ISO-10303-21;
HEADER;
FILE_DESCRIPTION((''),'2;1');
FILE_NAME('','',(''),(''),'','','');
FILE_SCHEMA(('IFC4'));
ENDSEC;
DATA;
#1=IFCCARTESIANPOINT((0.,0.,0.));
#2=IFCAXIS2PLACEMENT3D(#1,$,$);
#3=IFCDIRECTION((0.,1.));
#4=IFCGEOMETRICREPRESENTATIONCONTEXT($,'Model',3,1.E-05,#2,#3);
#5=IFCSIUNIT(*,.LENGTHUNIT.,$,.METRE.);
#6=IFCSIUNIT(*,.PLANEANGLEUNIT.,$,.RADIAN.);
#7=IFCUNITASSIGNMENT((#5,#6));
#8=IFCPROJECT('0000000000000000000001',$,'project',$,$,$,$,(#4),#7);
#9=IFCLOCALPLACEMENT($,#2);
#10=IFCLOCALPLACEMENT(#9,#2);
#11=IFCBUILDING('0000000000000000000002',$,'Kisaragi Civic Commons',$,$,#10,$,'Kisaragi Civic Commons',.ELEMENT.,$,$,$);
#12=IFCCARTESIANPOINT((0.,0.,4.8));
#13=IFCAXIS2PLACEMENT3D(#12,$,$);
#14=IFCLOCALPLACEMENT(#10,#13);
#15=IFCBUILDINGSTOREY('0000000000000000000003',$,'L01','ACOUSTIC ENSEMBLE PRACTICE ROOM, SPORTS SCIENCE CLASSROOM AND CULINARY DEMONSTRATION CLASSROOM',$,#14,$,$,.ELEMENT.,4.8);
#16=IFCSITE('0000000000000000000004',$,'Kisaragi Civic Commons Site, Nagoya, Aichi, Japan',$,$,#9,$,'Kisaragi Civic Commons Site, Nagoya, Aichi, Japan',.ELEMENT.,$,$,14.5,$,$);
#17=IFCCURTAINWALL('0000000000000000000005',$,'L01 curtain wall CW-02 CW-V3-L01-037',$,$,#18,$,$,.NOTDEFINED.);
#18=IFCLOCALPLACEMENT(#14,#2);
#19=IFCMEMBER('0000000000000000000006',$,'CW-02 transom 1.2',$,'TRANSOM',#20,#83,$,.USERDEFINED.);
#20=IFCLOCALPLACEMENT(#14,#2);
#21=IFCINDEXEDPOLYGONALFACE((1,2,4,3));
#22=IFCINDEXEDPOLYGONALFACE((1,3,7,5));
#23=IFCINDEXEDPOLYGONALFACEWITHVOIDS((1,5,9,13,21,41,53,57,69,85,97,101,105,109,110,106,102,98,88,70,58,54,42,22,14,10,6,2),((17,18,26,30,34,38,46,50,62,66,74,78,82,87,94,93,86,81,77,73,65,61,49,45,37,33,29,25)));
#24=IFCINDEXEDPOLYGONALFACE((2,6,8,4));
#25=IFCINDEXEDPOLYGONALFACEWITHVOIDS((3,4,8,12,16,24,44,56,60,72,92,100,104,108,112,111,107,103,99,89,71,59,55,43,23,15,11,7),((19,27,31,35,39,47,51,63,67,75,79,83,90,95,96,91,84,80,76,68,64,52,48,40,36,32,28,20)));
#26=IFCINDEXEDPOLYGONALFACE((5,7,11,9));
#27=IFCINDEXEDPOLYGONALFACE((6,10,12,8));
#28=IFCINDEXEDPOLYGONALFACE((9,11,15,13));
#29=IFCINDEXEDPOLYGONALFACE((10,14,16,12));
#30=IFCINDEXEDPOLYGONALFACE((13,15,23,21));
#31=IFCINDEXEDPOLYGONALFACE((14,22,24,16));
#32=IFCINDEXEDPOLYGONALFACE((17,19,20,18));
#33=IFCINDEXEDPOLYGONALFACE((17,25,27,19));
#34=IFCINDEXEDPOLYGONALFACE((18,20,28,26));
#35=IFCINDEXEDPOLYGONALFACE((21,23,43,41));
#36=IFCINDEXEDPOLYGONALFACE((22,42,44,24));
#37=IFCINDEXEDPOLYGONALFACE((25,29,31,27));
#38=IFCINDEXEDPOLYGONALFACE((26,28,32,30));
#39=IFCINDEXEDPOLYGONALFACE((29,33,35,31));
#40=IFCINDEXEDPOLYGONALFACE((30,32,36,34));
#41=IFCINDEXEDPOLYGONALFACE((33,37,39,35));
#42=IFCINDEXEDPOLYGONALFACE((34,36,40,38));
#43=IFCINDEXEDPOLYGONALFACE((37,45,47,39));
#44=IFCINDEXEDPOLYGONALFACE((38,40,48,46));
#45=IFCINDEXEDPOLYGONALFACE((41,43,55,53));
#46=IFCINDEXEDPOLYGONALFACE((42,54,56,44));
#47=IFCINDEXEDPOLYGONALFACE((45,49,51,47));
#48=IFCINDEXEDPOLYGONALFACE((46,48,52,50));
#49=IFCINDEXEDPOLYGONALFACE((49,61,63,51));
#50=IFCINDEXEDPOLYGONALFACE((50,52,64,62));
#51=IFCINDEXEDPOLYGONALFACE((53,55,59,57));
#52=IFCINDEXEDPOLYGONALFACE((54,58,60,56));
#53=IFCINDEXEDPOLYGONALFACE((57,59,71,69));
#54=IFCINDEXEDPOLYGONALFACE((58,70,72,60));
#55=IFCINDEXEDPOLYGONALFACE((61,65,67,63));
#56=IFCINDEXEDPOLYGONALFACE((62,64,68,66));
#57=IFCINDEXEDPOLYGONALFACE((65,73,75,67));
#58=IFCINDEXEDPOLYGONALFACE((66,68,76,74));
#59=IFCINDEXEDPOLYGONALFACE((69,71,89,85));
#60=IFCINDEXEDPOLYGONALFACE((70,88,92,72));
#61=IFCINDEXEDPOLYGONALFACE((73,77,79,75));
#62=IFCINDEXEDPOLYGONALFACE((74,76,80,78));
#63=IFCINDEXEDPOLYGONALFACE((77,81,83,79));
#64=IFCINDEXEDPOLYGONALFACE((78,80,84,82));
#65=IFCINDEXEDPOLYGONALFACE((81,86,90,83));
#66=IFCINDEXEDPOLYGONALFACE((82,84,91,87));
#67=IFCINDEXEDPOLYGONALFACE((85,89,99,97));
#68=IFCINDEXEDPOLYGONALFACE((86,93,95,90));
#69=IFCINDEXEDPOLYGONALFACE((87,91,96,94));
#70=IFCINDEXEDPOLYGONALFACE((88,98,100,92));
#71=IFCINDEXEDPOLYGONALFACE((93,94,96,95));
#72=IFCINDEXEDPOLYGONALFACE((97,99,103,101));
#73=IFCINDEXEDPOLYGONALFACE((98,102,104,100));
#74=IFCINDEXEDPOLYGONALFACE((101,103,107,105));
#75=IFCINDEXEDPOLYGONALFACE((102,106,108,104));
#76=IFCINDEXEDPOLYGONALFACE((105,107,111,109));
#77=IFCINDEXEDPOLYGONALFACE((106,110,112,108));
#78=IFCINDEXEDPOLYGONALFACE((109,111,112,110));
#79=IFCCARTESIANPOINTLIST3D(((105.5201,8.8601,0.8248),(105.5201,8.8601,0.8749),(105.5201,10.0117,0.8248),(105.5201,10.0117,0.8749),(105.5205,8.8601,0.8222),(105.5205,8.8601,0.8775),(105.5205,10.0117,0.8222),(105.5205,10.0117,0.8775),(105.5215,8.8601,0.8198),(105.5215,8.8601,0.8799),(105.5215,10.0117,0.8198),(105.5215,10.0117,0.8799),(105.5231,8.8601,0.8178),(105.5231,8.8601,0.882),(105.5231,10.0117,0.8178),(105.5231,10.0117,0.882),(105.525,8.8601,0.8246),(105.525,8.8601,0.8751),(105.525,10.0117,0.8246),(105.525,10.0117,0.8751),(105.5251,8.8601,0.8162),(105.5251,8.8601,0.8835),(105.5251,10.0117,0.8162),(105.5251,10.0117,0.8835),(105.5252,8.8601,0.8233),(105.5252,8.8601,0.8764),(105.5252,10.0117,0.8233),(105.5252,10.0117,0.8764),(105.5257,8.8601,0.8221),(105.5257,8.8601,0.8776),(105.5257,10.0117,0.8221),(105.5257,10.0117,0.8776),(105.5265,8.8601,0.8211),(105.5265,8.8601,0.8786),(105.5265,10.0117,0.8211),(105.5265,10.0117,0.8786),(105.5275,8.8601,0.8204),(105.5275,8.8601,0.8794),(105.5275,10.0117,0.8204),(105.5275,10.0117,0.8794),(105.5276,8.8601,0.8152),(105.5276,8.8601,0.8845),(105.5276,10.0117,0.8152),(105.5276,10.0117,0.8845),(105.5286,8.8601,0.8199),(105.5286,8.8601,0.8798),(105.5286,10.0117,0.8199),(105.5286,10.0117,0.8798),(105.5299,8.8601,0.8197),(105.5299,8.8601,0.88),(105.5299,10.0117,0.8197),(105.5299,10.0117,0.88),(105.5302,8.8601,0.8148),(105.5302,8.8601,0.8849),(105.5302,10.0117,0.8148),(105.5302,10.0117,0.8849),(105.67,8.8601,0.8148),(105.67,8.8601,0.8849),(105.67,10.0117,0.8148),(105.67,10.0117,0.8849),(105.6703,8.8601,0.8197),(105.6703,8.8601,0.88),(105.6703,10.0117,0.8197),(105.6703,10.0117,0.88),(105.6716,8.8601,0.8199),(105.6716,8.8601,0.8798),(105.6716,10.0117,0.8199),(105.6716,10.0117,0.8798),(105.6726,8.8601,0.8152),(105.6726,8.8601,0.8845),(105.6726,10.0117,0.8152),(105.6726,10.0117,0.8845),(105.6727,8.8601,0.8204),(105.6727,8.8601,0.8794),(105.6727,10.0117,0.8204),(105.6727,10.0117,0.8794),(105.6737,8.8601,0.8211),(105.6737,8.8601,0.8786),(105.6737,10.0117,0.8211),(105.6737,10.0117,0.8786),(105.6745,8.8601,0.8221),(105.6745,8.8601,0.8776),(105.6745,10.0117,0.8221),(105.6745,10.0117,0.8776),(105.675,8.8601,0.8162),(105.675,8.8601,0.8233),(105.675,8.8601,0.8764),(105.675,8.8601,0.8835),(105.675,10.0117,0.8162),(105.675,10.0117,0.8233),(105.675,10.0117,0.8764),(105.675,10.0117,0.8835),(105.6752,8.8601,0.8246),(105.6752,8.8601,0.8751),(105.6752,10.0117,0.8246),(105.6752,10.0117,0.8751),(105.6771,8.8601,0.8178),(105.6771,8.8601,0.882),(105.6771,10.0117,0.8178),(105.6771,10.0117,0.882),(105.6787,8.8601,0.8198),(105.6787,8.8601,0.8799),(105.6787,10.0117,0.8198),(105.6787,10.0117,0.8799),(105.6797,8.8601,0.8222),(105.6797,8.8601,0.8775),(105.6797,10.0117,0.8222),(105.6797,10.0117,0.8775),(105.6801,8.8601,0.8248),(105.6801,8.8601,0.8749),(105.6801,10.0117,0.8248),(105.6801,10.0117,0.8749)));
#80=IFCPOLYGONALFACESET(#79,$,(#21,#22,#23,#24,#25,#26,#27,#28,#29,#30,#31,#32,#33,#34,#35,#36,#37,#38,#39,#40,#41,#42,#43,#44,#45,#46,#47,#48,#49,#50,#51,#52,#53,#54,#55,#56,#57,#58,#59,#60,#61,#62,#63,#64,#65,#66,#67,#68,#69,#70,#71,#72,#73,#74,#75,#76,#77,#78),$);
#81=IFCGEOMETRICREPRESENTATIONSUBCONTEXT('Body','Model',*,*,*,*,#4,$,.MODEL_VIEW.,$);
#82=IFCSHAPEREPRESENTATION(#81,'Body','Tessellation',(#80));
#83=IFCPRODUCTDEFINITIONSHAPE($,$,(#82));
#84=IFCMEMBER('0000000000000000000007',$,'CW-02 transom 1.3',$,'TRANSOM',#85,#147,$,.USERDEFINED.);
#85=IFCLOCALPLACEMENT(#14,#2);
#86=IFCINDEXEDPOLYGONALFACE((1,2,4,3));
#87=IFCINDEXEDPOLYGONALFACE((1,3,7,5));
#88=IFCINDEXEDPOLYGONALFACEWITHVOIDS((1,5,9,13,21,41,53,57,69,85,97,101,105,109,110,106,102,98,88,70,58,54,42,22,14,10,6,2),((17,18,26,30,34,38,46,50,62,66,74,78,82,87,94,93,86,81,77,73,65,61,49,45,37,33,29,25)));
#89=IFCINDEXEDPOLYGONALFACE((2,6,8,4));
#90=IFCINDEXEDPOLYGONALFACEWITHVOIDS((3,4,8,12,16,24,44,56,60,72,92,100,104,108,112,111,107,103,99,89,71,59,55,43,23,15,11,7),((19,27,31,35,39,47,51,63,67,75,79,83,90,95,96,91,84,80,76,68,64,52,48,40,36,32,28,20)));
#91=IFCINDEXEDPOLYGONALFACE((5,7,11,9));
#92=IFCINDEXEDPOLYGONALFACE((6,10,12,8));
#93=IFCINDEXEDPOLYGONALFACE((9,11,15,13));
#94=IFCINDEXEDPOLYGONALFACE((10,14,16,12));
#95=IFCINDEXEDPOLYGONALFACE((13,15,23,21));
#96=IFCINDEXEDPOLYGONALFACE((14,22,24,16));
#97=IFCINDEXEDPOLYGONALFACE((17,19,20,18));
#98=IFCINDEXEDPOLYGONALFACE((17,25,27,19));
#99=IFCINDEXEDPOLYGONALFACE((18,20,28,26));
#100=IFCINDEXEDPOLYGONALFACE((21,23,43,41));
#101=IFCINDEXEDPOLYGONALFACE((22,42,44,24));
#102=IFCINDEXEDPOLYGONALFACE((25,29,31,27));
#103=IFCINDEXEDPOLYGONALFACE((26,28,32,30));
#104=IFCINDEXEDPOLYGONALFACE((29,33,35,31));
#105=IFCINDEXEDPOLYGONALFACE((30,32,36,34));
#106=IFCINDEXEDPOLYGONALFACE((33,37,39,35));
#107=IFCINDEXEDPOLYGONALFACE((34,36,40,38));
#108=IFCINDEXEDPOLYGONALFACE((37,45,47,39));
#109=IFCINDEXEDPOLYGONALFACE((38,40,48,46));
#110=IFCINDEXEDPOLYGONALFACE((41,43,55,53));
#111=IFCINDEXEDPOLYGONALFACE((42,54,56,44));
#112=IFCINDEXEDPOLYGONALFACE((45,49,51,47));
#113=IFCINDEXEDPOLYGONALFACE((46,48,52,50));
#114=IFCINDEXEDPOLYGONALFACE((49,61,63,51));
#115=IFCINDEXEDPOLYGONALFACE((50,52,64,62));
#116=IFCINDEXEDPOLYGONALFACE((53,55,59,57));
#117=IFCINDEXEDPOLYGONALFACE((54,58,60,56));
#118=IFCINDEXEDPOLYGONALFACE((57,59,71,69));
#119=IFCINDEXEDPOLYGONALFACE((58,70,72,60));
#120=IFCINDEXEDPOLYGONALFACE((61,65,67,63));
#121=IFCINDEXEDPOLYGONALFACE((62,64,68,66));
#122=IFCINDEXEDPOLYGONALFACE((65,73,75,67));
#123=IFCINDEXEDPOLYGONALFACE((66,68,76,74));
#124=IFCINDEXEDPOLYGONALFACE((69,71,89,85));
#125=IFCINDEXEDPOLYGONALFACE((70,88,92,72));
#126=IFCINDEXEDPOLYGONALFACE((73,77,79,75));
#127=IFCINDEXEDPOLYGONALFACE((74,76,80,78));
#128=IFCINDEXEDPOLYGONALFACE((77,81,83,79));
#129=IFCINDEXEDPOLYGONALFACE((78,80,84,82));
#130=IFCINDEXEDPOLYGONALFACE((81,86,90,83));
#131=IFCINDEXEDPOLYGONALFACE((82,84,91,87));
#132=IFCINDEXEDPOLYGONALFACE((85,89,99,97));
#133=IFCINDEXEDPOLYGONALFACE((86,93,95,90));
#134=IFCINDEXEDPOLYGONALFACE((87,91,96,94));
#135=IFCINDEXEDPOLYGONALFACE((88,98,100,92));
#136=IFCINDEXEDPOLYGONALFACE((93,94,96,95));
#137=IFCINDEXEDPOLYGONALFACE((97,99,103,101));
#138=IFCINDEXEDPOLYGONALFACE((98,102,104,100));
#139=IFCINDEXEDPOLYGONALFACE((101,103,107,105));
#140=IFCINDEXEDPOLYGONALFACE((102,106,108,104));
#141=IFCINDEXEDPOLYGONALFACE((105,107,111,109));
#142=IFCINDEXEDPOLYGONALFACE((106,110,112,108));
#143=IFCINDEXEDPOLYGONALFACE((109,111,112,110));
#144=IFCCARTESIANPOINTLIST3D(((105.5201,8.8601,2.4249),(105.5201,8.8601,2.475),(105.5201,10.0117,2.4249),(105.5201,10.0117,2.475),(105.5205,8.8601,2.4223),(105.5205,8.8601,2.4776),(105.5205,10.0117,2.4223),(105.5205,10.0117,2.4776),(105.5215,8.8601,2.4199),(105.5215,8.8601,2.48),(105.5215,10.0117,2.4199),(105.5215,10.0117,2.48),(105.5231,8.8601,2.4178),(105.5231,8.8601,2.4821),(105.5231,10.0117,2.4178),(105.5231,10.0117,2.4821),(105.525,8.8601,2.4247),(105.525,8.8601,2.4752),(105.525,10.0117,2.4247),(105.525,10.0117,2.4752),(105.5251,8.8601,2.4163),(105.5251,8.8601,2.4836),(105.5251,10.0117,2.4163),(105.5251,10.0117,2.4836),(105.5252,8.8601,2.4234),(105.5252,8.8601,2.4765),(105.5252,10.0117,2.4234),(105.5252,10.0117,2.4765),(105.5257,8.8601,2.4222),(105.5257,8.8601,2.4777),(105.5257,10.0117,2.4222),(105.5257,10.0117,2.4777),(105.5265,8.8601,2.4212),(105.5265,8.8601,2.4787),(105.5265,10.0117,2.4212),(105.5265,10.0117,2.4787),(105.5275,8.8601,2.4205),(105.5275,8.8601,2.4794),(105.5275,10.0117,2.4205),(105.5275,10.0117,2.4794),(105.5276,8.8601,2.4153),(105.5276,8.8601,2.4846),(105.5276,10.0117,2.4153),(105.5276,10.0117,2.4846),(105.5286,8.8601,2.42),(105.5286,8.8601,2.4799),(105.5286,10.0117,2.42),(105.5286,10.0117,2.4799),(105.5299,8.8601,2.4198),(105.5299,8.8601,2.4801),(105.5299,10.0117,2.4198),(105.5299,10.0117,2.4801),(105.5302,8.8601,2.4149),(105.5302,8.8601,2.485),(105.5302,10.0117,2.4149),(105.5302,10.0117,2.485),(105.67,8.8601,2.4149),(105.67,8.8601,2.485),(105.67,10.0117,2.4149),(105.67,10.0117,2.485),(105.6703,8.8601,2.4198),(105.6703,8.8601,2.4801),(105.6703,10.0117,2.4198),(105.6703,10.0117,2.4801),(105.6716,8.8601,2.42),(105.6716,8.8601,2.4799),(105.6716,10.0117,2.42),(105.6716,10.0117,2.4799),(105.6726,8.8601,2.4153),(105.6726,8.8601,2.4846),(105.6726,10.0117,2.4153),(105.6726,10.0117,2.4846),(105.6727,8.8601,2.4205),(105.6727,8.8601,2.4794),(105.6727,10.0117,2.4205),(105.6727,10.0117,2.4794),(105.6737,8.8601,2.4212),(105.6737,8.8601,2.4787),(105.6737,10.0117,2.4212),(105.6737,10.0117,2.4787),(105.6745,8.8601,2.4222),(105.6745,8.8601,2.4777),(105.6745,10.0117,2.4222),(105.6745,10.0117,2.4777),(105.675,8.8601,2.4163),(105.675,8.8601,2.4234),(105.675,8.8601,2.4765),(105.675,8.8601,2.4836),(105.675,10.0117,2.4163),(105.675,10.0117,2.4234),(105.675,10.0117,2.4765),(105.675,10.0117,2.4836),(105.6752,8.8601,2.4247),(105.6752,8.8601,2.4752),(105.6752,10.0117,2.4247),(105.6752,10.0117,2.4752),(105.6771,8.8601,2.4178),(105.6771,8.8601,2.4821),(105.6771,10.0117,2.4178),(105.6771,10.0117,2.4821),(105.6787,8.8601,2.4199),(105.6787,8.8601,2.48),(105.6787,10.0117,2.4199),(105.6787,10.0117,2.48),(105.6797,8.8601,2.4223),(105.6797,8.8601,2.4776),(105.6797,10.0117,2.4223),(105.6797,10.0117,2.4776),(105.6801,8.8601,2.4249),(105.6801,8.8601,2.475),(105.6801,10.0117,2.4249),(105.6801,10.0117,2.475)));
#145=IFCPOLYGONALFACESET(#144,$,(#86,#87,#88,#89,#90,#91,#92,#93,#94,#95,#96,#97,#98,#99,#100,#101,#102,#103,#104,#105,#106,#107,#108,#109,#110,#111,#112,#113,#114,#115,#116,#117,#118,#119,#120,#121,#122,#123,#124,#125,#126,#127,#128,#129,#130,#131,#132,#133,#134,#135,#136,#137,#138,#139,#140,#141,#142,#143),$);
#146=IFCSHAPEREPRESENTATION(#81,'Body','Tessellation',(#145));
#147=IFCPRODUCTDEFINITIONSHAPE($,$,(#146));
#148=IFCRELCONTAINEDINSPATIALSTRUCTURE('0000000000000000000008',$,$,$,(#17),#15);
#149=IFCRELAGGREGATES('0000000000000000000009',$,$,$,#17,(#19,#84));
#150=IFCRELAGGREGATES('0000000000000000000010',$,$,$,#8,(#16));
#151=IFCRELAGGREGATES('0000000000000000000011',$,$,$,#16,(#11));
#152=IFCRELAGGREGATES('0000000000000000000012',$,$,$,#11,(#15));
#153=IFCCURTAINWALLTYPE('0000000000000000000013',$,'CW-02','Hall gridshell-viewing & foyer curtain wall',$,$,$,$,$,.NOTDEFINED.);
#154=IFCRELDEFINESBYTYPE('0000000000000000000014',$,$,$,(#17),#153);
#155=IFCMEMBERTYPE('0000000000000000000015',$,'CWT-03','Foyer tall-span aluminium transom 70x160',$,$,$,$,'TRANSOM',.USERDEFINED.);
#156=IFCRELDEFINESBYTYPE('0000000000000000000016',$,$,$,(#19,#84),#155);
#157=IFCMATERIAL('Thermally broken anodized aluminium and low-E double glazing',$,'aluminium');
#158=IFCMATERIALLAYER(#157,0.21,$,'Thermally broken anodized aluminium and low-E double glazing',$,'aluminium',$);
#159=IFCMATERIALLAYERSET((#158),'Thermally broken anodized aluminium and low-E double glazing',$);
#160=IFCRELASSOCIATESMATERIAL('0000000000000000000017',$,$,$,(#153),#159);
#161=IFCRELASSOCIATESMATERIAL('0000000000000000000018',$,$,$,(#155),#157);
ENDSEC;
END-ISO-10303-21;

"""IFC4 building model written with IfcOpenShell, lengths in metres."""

from ifc_helpers import new_model, si_unit, direction, frame, origin, origin_2d, place, context, subcontext, project, spatial, hollow_rectangle, extrude, material, layer, layer_set, material_profile, profile_set, type_object, element, aggregate, save


model = new_model("IFC4")

# Units and contexts
model_context = context("Model", 3, precision=1e-05, world=origin(), true_north=direction((0.0, 1.0)))
body_context = subcontext(model_context, "Body", "Model", "MODEL_VIEW")
ifc_project = project(units=[si_unit("LENGTHUNIT", "METRE"), si_unit("PLANEANGLEUNIT", "RADIAN")], contexts=[model_context])

# Site, building, storey
site_placement = place(None, origin())
site = spatial("IfcSite", under=ifc_project, at=site_placement, Name="Kisaragi Civic Commons Site, Nagoya, Aichi, Japan", LongName="Kisaragi Civic Commons Site, Nagoya, Aichi, Japan", CompositionType="ELEMENT", RefElevation=14.5)
building_placement = place(site_placement, origin())
building = spatial("IfcBuilding", under=site, at=building_placement, Name="Kisaragi Civic Commons", LongName="Kisaragi Civic Commons", CompositionType="ELEMENT")
storey_placement = place(building_placement, frame((0.0, 0.0, 4.8)))
storey = spatial("IfcBuildingStorey", under=building, at=storey_placement, Name="L01", Description="ACOUSTIC ENSEMBLE PRACTICE ROOM, SPORTS SCIENCE CLASSROOM AND CULINARY DEMONSTRATION CLASSROOM", CompositionType="ELEMENT", Elevation=4.8)

# Curtain wall, members
ifc_material = material(Name="Thermally broken anodized aluminium and low-E double glazing", Category="aluminium")
ifc_layer_1 = layer(ifc_material, 0.21, Name="Thermally broken anodized aluminium and low-E double glazing", Category="aluminium")
ifc_layer_set_1 = layer_set([ifc_layer_1], Name="Thermally broken anodized aluminium and low-E double glazing")
curtain_wall_type = type_object("IfcCurtainWallType", Name="CW-02", Description="Hall gridshell-viewing & foyer curtain wall", PredefinedType="NOTDEFINED", material=ifc_layer_set_1)
curtain_wall_placement = place(storey_placement, origin())
curtain_wall = element("IfcCurtainWall", 1, at=curtain_wall_placement, inside=storey, type_object=curtain_wall_type, Name="L01 curtain wall CW-02 CW-V3-L01-037", PredefinedType="NOTDEFINED")
ifc_material_profile_1 = material_profile(ifc_material, hollow_rectangle(XDim=0.1599, YDim=0.0701, WallThickness=0.0049, InnerFilletRadius=0.0049, OuterFilletRadius=0.01, at=origin_2d()), Name="CWT-70x160x5", Category="aluminium")
ifc_profile_set_1 = profile_set([ifc_material_profile_1], Name="Thermally broken anodized aluminium and low-E double glazing")
member_type_1 = type_object("IfcMemberType", Name="CWT-03", Description="Foyer tall-span aluminium transom 70x160", ElementType="TRANSOM", PredefinedType="USERDEFINED", material=ifc_profile_set_1)
member_1_placement = place(storey_placement, frame((105.6001, 8.8601, 0.8499), z_axis=(0.0, 1.0, 0.0), x_axis=(-1.0, 0.0, 0.0)))
member_1 = element("IfcMember", 2, at=member_1_placement, type_object=member_type_1, Name="CW-02 transom 1.2", ObjectType="TRANSOM", PredefinedType="USERDEFINED", context=body_context, shape_type="SweptSolid", body=[
    extrude(hollow_rectangle(XDim=0.1599, YDim=0.0701, WallThickness=0.0049, InnerFilletRadius=0.0049, OuterFilletRadius=0.01, at=origin_2d()), origin(), (0.0, 0.0, 1.0), 1.1516),
])
member_2_placement = place(storey_placement, frame((105.6001, 8.8601, 2.45), z_axis=(0.0, 1.0, 0.0), x_axis=(-1.0, 0.0, 0.0)))
member_2 = element("IfcMember", 3, at=member_2_placement, type_object=member_type_1, Name="CW-02 transom 1.3", ObjectType="TRANSOM", PredefinedType="USERDEFINED", context=body_context, shape_type="SweptSolid", body=[
    extrude(hollow_rectangle(XDim=0.1599, YDim=0.0701, WallThickness=0.0049, InnerFilletRadius=0.0049, OuterFilletRadius=0.01, at=origin_2d()), origin(), (0.0, 0.0, 1.0), 1.1516),
])
aggregate(curtain_wall, [member_1, member_2])

save(model, "model.ifc")
